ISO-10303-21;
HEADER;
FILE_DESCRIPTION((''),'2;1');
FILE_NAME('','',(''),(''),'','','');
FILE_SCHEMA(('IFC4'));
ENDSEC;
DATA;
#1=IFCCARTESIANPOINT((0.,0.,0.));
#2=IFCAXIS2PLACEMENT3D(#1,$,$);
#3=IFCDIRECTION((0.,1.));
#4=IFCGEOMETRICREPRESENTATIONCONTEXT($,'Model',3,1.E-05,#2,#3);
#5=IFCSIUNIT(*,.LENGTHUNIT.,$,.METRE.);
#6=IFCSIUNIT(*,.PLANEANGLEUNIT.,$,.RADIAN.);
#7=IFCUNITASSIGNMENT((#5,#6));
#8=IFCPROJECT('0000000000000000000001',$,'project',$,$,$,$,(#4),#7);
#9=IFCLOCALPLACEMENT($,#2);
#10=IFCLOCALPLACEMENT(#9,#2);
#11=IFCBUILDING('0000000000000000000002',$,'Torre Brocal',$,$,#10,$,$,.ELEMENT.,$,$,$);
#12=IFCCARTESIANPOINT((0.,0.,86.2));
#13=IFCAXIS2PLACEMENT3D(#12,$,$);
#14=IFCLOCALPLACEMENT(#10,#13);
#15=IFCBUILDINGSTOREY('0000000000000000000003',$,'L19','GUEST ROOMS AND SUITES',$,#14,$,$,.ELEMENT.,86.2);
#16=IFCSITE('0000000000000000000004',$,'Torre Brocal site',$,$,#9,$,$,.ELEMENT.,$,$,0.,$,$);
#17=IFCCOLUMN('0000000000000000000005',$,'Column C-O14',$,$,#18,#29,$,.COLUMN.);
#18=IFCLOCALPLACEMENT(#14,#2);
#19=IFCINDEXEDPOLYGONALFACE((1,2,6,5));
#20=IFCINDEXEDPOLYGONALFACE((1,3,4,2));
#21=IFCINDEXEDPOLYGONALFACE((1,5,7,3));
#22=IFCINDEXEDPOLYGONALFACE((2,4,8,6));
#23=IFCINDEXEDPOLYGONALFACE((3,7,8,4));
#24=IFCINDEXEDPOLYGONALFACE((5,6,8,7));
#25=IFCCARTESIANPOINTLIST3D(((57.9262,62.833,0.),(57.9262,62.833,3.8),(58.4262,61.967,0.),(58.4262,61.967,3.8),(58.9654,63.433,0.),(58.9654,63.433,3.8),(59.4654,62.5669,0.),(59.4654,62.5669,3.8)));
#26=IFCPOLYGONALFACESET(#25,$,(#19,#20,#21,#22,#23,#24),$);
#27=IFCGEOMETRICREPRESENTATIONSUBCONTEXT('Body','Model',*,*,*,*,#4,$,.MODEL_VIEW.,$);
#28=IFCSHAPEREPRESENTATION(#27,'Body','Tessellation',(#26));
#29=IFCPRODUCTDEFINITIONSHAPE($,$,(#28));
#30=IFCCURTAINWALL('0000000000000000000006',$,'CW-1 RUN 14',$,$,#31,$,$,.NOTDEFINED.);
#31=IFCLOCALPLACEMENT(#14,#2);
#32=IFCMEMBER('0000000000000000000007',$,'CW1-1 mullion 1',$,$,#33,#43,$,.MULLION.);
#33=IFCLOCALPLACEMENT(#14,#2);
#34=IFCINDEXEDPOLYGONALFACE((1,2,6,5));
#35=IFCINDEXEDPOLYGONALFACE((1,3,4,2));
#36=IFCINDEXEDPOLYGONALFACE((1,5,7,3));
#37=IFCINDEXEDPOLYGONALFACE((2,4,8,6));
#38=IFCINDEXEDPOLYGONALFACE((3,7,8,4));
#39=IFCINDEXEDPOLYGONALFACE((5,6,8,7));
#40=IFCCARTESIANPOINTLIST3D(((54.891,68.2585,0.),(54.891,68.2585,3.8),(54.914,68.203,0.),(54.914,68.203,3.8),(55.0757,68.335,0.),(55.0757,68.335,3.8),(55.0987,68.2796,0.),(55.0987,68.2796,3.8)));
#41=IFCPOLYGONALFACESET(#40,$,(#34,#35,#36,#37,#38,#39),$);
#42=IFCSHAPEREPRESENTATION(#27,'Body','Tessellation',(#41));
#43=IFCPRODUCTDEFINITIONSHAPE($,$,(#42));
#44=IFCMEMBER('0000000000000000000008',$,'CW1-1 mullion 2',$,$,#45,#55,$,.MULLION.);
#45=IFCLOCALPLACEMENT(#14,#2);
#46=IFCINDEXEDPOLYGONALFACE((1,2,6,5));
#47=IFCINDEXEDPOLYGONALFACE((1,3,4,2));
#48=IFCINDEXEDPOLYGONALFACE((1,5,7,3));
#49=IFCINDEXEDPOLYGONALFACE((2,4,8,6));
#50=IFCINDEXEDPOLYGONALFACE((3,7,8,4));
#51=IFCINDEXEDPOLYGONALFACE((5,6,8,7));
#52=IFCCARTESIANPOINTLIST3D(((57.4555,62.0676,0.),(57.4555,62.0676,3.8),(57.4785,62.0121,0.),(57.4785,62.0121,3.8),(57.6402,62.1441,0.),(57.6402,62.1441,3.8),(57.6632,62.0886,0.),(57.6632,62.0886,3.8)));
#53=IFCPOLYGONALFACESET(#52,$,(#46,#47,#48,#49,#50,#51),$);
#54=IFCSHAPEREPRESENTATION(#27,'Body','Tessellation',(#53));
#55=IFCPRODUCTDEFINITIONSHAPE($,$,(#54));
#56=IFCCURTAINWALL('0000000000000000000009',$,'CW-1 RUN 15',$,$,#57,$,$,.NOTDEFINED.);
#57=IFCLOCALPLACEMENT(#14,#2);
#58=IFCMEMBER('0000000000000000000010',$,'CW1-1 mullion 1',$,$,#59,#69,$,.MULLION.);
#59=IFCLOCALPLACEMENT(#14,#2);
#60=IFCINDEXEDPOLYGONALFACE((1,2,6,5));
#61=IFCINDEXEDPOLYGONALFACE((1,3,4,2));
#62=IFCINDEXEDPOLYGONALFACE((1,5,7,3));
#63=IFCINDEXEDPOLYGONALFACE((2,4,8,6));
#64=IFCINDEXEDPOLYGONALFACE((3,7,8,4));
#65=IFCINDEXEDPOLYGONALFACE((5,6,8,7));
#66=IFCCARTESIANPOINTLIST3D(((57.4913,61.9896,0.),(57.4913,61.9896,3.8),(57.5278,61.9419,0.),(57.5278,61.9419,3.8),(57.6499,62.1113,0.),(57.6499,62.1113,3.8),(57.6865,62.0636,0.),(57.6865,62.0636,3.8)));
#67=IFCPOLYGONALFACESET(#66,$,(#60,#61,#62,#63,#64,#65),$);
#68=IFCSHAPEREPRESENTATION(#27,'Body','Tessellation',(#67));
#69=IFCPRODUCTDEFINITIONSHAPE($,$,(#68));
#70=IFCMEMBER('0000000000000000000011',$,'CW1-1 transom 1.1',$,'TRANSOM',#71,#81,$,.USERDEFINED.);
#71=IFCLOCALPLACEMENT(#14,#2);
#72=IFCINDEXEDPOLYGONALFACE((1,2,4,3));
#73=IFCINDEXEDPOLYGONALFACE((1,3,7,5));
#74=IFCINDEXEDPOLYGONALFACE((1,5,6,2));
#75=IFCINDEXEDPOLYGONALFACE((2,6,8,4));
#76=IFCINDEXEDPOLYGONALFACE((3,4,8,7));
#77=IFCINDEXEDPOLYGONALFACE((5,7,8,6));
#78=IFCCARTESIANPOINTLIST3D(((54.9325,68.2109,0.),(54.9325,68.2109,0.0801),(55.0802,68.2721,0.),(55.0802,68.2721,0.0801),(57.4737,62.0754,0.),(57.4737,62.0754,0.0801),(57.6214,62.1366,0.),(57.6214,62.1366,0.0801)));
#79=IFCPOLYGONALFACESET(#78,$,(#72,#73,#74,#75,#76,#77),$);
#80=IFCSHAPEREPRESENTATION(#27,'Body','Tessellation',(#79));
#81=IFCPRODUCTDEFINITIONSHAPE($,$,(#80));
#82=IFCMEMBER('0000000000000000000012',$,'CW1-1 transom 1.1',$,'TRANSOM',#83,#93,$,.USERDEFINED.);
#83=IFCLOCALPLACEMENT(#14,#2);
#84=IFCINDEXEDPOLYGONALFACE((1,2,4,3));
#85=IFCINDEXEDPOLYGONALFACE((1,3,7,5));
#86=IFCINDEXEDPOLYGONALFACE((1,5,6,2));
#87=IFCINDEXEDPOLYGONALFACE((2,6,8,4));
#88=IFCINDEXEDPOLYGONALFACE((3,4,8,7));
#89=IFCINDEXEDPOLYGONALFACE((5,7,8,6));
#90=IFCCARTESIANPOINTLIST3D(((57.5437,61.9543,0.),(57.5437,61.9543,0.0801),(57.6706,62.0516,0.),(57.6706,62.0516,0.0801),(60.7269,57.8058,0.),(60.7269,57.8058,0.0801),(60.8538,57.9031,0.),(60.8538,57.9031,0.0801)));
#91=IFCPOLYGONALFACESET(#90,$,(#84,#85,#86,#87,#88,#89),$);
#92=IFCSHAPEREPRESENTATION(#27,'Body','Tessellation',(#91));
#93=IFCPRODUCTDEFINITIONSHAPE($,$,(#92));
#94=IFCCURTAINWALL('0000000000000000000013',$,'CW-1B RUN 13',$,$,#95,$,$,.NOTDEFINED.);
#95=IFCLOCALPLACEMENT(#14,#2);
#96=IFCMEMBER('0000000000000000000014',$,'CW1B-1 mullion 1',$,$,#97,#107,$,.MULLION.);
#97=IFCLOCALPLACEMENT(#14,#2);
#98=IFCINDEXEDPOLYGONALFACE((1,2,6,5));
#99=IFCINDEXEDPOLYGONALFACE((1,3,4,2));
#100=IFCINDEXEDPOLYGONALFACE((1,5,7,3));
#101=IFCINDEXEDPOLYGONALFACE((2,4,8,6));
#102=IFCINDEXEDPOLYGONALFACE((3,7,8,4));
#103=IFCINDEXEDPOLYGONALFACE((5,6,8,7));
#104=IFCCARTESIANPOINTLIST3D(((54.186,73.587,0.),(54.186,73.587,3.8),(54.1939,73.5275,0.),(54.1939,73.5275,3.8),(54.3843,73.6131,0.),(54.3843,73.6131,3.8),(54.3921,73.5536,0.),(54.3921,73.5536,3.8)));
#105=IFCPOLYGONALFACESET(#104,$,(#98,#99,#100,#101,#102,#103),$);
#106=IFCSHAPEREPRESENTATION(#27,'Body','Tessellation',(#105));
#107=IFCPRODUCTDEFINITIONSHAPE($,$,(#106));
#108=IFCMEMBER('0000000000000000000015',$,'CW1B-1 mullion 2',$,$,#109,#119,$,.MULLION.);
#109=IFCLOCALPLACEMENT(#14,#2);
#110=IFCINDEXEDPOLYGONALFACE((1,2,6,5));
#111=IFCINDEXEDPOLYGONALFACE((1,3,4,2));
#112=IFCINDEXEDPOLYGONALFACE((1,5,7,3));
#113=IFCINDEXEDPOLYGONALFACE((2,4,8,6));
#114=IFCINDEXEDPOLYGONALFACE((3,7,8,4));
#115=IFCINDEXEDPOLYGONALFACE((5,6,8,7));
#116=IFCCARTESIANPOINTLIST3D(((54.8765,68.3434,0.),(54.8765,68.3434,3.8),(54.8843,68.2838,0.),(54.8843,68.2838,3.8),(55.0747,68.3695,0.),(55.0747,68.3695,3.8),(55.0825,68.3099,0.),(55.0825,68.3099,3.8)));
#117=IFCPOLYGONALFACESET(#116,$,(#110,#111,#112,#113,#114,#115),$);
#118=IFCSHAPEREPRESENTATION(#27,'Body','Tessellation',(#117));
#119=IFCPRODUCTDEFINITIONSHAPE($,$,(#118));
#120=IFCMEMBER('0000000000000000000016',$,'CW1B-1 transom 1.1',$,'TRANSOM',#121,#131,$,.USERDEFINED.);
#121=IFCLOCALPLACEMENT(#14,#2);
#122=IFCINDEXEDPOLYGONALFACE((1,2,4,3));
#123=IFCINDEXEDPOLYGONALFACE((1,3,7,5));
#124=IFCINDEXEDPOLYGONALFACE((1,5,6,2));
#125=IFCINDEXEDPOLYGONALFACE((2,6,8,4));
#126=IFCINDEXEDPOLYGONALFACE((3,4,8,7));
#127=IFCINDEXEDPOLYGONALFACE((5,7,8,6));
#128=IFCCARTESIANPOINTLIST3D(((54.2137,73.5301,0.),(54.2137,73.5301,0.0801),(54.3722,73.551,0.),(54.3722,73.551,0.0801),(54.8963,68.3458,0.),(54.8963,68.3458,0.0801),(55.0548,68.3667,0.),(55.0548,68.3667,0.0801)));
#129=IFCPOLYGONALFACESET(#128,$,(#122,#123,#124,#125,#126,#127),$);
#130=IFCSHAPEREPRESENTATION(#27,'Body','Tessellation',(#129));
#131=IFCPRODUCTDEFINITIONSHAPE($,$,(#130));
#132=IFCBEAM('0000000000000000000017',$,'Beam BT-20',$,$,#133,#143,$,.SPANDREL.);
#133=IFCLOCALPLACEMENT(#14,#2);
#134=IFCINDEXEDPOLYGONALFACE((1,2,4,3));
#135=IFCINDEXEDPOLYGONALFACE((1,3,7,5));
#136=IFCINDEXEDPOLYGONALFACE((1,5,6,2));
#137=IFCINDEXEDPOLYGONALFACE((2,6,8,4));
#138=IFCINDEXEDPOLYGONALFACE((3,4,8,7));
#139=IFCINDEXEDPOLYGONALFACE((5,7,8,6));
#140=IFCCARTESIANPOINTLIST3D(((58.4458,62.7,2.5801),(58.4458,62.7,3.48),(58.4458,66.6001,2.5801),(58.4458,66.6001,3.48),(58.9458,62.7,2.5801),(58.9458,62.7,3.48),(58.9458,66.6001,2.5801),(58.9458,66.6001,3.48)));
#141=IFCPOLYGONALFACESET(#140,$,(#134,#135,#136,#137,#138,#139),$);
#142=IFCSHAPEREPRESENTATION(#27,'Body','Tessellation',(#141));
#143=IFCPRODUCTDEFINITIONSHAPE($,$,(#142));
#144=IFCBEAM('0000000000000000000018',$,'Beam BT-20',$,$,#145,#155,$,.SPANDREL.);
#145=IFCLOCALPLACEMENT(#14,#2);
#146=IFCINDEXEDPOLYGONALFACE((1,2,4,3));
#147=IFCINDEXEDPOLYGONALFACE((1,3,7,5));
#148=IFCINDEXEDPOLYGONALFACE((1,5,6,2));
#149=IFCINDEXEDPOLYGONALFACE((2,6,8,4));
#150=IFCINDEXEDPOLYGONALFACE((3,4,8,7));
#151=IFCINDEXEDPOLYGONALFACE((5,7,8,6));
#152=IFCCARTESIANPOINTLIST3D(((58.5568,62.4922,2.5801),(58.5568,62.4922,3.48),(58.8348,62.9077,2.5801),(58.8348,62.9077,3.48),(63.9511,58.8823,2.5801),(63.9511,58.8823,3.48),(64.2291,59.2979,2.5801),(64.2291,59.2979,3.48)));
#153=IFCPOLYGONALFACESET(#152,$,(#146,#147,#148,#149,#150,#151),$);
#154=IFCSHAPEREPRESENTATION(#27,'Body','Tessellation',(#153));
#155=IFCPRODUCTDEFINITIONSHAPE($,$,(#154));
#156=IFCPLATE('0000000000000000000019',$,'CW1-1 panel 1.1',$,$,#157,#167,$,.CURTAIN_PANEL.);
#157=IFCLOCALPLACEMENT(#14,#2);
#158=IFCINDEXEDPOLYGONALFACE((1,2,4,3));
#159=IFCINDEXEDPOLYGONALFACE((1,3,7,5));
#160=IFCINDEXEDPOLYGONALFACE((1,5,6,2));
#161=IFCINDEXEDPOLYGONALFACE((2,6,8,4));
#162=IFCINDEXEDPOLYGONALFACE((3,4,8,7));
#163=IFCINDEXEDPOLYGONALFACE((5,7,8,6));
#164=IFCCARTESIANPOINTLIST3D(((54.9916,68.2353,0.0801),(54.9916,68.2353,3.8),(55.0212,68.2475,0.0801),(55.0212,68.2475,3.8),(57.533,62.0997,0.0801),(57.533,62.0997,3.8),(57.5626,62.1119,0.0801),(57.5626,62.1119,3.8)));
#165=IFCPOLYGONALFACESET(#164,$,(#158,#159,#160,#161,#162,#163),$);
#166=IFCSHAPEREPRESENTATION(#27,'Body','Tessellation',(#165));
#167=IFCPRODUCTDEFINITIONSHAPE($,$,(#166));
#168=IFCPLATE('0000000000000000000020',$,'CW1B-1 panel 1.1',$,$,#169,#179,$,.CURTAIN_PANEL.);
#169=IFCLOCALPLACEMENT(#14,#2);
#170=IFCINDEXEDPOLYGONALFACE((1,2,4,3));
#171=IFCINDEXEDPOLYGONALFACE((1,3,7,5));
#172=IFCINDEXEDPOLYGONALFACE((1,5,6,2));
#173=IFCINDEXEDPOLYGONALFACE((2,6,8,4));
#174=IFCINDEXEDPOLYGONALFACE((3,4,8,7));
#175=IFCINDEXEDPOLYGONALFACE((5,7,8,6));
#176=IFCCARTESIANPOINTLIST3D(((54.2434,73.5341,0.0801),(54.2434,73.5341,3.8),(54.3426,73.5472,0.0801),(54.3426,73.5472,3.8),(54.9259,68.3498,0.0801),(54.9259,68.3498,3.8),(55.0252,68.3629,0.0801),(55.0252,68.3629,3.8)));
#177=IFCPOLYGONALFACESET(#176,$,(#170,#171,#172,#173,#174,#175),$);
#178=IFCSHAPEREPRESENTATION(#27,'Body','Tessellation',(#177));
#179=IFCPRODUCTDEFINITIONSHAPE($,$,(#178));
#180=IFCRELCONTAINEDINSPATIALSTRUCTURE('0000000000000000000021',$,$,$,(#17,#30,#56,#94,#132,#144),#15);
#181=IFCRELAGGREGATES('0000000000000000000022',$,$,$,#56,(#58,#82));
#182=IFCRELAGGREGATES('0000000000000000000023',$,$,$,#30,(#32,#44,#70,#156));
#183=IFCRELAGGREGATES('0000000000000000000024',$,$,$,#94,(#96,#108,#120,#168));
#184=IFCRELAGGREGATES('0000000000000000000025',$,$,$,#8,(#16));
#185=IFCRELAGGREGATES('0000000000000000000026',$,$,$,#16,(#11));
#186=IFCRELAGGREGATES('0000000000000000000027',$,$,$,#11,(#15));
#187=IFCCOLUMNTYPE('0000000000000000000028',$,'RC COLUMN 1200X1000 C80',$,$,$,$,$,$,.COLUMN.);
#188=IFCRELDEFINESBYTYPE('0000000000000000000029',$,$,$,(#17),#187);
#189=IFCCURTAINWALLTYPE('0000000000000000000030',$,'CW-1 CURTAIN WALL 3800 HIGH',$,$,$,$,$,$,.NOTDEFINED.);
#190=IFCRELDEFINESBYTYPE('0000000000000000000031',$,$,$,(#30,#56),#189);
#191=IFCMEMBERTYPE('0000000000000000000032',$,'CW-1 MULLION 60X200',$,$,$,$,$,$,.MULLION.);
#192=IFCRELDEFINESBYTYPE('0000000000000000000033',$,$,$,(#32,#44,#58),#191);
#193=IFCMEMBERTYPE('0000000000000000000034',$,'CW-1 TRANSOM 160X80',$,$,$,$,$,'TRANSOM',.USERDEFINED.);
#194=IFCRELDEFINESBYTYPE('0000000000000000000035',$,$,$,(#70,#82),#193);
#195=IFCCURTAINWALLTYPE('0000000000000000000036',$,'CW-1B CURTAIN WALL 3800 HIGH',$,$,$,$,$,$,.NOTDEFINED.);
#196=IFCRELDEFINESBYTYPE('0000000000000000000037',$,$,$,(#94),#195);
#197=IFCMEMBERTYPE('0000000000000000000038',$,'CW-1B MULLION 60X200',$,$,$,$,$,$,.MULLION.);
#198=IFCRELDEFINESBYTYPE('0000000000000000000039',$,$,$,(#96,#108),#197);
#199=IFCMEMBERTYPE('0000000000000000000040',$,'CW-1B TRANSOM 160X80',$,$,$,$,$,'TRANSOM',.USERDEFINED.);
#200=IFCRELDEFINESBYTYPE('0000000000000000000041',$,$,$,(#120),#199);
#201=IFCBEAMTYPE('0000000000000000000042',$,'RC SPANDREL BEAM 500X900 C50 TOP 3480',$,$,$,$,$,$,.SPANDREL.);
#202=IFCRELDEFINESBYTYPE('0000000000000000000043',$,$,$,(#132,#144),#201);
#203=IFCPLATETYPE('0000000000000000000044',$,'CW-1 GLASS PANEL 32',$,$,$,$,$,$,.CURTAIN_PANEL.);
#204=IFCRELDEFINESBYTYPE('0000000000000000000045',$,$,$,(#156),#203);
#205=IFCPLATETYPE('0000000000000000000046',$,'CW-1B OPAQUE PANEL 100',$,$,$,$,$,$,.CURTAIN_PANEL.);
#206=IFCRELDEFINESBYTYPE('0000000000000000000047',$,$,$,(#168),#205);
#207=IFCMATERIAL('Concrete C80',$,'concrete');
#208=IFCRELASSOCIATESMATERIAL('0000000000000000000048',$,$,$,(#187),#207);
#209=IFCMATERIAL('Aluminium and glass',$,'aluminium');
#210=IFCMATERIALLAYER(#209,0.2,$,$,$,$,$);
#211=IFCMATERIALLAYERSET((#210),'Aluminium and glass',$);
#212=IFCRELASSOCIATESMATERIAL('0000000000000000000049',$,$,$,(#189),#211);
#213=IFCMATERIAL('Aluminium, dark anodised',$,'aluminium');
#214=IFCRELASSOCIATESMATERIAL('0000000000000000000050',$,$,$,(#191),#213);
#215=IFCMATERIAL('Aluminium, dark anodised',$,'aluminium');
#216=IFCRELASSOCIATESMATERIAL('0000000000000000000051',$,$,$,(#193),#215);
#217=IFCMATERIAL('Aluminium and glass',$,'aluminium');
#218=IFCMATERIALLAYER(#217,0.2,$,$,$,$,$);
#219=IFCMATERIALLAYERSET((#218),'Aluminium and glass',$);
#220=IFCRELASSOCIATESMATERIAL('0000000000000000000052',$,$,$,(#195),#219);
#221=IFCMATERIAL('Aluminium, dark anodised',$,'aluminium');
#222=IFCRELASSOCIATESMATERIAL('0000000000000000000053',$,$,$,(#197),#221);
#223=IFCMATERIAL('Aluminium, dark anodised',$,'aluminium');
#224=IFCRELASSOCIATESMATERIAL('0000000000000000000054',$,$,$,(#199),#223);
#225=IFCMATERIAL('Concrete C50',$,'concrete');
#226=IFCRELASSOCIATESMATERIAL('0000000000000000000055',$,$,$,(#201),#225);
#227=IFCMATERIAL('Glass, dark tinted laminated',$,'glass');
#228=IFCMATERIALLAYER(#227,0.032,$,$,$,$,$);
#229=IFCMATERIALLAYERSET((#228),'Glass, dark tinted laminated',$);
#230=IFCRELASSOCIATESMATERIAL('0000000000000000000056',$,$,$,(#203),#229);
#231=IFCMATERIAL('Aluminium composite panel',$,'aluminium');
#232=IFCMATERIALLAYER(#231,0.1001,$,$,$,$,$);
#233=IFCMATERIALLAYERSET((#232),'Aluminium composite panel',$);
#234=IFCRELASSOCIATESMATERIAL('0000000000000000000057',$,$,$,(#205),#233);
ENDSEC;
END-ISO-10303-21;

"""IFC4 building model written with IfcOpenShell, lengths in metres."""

from ifc_helpers import new_model, si_unit, direction, frame, origin, origin_2d, place, context, subcontext, project, spatial, rectangle, extrude, material, layer, layer_set, material_profile, profile_set, type_object, element, aggregate, save


model = new_model("IFC4")

# Units and contexts
model_context = context("Model", 3, precision=1e-05, world=origin(), true_north=direction((0.0, 1.0)))
body_context = subcontext(model_context, "Body", "Model", "MODEL_VIEW")
ifc_project = project(units=[si_unit("LENGTHUNIT", "METRE"), si_unit("PLANEANGLEUNIT", "RADIAN")], contexts=[model_context])

# Site, building, storey
site_placement = place(None, origin())
site = spatial("IfcSite", under=ifc_project, at=site_placement, Name="Torre Brocal site", CompositionType="ELEMENT", RefElevation=0.0)
building_placement = place(site_placement, origin())
building = spatial("IfcBuilding", under=site, at=building_placement, Name="Torre Brocal", CompositionType="ELEMENT")
storey_placement = place(building_placement, frame((0.0, 0.0, 86.2)))
storey = spatial("IfcBuildingStorey", under=building, at=storey_placement, Name="L19", Description="GUEST ROOMS AND SUITES", CompositionType="ELEMENT", Elevation=86.2)

# Column
ifc_material_1 = material(Name="Concrete C80", Category="concrete")
ifc_material_profile_1 = material_profile(ifc_material_1, rectangle(XDim=1.2, YDim=1.0, at=origin_2d()), Name="RC 1200X1000")
ifc_profile_set_1 = profile_set([ifc_material_profile_1], Name="Concrete C80")
column_type = type_object("IfcColumnType", Name="RC COLUMN 1200X1000 C80", PredefinedType="COLUMN", material=ifc_profile_set_1)
column_placement = place(storey_placement, frame((58.6958, 62.7, 0.0), z_axis=(0.0, 0.0, 1.0), x_axis=(-0.866025, -0.5, 0.0)))
element("IfcColumn", 1, at=column_placement, inside=storey, type_object=column_type, Name="Column C-O14", PredefinedType="COLUMN", context=body_context, shape_type="SweptSolid", body=[
    extrude(rectangle(XDim=1.2, YDim=1.0, at=origin_2d()), origin(), (0.0, 0.0, 1.0), 3.8),
])

# Curtain wall, members
ifc_material_2 = material(Name="Aluminium and glass", Category="aluminium")
ifc_layer_1 = layer(ifc_material_2, 0.2)
ifc_layer_set_1 = layer_set([ifc_layer_1], Name="Aluminium and glass")
curtain_wall_type_1 = type_object("IfcCurtainWallType", Name="CW-1 CURTAIN WALL 3800 HIGH", PredefinedType="NOTDEFINED", material=ifc_layer_set_1)
curtain_wall_1_placement = place(storey_placement, origin())
curtain_wall_1 = element("IfcCurtainWall", 2, at=curtain_wall_1_placement, inside=storey, type_object=curtain_wall_type_1, Name="CW-1 RUN 14", PredefinedType="NOTDEFINED")
ifc_material_3 = material(Name="Aluminium, dark anodised", Category="aluminium")
ifc_material_profile_2 = material_profile(ifc_material_3, rectangle(XDim=0.2, YDim=0.0601, at=origin_2d()), Name="CW-1 MULLION 60X200")
ifc_profile_set_2 = profile_set([ifc_material_profile_2], Name="Aluminium, dark anodised")
member_type_1 = type_object("IfcMemberType", Name="CW-1 MULLION 60X200", PredefinedType="MULLION", material=ifc_profile_set_2)
member_1_placement = place(storey_placement, frame((54.9949, 68.269, 0.0), z_axis=(0.0, 0.0, 1.0), x_axis=(0.92388, 0.382683, 0.0)))
member_1 = element("IfcMember", 3, at=member_1_placement, type_object=member_type_1, Name="CW1-1 mullion 1", PredefinedType="MULLION", context=body_context, shape_type="SweptSolid", body=[
    extrude(rectangle(XDim=0.2, YDim=0.0601, at=origin_2d()), origin(), (0.0, 0.0, 1.0), 3.8),
])
member_2_placement = place(storey_placement, frame((57.5593, 62.0781, 0.0), z_axis=(0.0, 0.0, 1.0), x_axis=(0.92388, 0.382683, 0.0)))
member_2 = element("IfcMember", 4, at=member_2_placement, type_object=member_type_1, Name="CW1-1 mullion 2", PredefinedType="MULLION", context=body_context, shape_type="SweptSolid", body=[
    extrude(rectangle(XDim=0.2, YDim=0.0601, at=origin_2d()), origin(), (0.0, 0.0, 1.0), 3.8),
])

# Curtain wall, member
curtain_wall_2_placement = place(storey_placement, origin())
curtain_wall_2 = element("IfcCurtainWall", 5, at=curtain_wall_2_placement, inside=storey, type_object=curtain_wall_type_1, Name="CW-1 RUN 15", PredefinedType="NOTDEFINED")
member_3_placement = place(storey_placement, frame((57.5889, 62.0266, 0.0), z_axis=(0.0, 0.0, 1.0), x_axis=(0.793353, 0.608761, 0.0)))
member_3 = element("IfcMember", 6, at=member_3_placement, type_object=member_type_1, Name="CW1-1 mullion 1", PredefinedType="MULLION", context=body_context, shape_type="SweptSolid", body=[
    extrude(rectangle(XDim=0.2, YDim=0.0601, at=origin_2d()), origin(), (0.0, 0.0, 1.0), 3.8),
])

# Members
ifc_material_4 = material(Name="Aluminium, dark anodised", Category="aluminium")
ifc_material_profile_3 = material_profile(ifc_material_4, rectangle(XDim=0.1599, YDim=0.0801, at=origin_2d()), Name="CW-1 TRANSOM 160X80")
ifc_profile_set_3 = profile_set([ifc_material_profile_3], Name="Aluminium, dark anodised")
member_type_2 = type_object("IfcMemberType", Name="CW-1 TRANSOM 160X80", ElementType="TRANSOM", PredefinedType="USERDEFINED", material=ifc_profile_set_3)
member_4_placement = place(storey_placement, frame((55.0063, 68.2415, 0.04), z_axis=(0.382665, -0.923887, 0.0), x_axis=(0.923887, 0.382665, 0.0)))
member_4 = element("IfcMember", 7, at=member_4_placement, type_object=member_type_2, Name="CW1-1 transom 1.1", ObjectType="TRANSOM", PredefinedType="USERDEFINED", context=body_context, shape_type="SweptSolid", body=[
    extrude(rectangle(XDim=0.1599, YDim=0.0801, at=origin_2d()), origin(), (0.0, 0.0, 1.0), 6.6409),
])
member_5_placement = place(storey_placement, frame((57.6072, 62.0029, 0.04), z_axis=(0.608749, -0.793363, 0.0), x_axis=(0.793363, 0.608749, 0.0)))
member_5 = element("IfcMember", 8, at=member_5_placement, type_object=member_type_2, Name="CW1-1 transom 1.1", ObjectType="TRANSOM", PredefinedType="USERDEFINED", context=body_context, shape_type="SweptSolid", body=[
    extrude(rectangle(XDim=0.1599, YDim=0.0801, at=origin_2d()), origin(), (0.0, 0.0, 1.0), 5.229),
])
aggregate(curtain_wall_2, [member_3, member_5])

# Curtain wall, members
ifc_material_5 = material(Name="Aluminium and glass", Category="aluminium")
ifc_layer_2 = layer(ifc_material_5, 0.2)
ifc_layer_set_2 = layer_set([ifc_layer_2], Name="Aluminium and glass")
curtain_wall_type_2 = type_object("IfcCurtainWallType", Name="CW-1B CURTAIN WALL 3800 HIGH", PredefinedType="NOTDEFINED", material=ifc_layer_set_2)
curtain_wall_3_placement = place(storey_placement, origin())
curtain_wall_3 = element("IfcCurtainWall", 9, at=curtain_wall_3_placement, inside=storey, type_object=curtain_wall_type_2, Name="CW-1B RUN 13", PredefinedType="NOTDEFINED")
ifc_material_6 = material(Name="Aluminium, dark anodised", Category="aluminium")
ifc_material_profile_4 = material_profile(ifc_material_6, rectangle(XDim=0.2, YDim=0.0601, at=origin_2d()), Name="CW-1B MULLION 60X200")
ifc_profile_set_4 = profile_set([ifc_material_profile_4], Name="Aluminium, dark anodised")
member_type_3 = type_object("IfcMemberType", Name="CW-1B MULLION 60X200", PredefinedType="MULLION", material=ifc_profile_set_4)
member_6_placement = place(storey_placement, frame((54.2891, 73.5703, 0.0), z_axis=(0.0, 0.0, 1.0), x_axis=(0.991445, 0.130526, 0.0)))
member_6 = element("IfcMember", 10, at=member_6_placement, type_object=member_type_3, Name="CW1B-1 mullion 1", PredefinedType="MULLION", context=body_context, shape_type="SweptSolid", body=[
    extrude(rectangle(XDim=0.2, YDim=0.0601, at=origin_2d()), origin(), (0.0, 0.0, 1.0), 3.8),
])
member_7_placement = place(storey_placement, frame((54.9795, 68.3267, 0.0), z_axis=(0.0, 0.0, 1.0), x_axis=(0.991445, 0.130526, 0.0)))
member_7 = element("IfcMember", 11, at=member_7_placement, type_object=member_type_3, Name="CW1B-1 mullion 2", PredefinedType="MULLION", context=body_context, shape_type="SweptSolid", body=[
    extrude(rectangle(XDim=0.2, YDim=0.0601, at=origin_2d()), origin(), (0.0, 0.0, 1.0), 3.8),
])
ifc_material_7 = material(Name="Aluminium, dark anodised", Category="aluminium")
ifc_material_profile_5 = material_profile(ifc_material_7, rectangle(XDim=0.1599, YDim=0.0801, at=origin_2d()), Name="CW-1B TRANSOM 160X80")
ifc_profile_set_5 = profile_set([ifc_material_profile_5], Name="Aluminium, dark anodised")
member_type_4 = type_object("IfcMemberType", Name="CW-1B TRANSOM 160X80", ElementType="TRANSOM", PredefinedType="USERDEFINED", material=ifc_profile_set_5)
member_8_placement = place(storey_placement, frame((54.293, 73.5405, 0.04), z_axis=(0.130543, -0.991443, 0.0), x_axis=(0.991443, 0.130543, 0.0)))
member_8 = element("IfcMember", 12, at=member_8_placement, type_object=member_type_4, Name="CW1B-1 transom 1.1", ObjectType="TRANSOM", PredefinedType="USERDEFINED", context=body_context, shape_type="SweptSolid", body=[
    extrude(rectangle(XDim=0.1599, YDim=0.0801, at=origin_2d()), origin(), (0.0, 0.0, 1.0), 5.229),
])

# Beams
ifc_material_8 = material(Name="Concrete C50", Category="concrete")
ifc_material_profile_6 = material_profile(ifc_material_8, rectangle(XDim=0.5, YDim=0.8999, at=origin_2d()), Name="RC 500X900")
ifc_profile_set_6 = profile_set([ifc_material_profile_6], Name="Concrete C50")
beam_type = type_object("IfcBeamType", Name="RC SPANDREL BEAM 500X900 C50 TOP 3480", PredefinedType="SPANDREL", material=ifc_profile_set_6)
beam_1_placement = place(storey_placement, frame((58.6958, 62.7, 3.03), z_axis=(0.0, 1.0, 0.0), x_axis=(-1.0, 0.0, 0.0)))
element("IfcBeam", 13, at=beam_1_placement, inside=storey, type_object=beam_type, Name="Beam BT-20", PredefinedType="SPANDREL", context=body_context, shape_type="SweptSolid", body=[
    extrude(rectangle(XDim=0.5, YDim=0.8999, at=origin_2d()), origin(), (0.0, 0.0, 1.0), 3.9001),
])
beam_2_placement = place(storey_placement, frame((58.6958, 62.7, 3.03), z_axis=(0.831077, -0.556158, 0.0), x_axis=(0.556158, 0.831077, 0.0)))
element("IfcBeam", 14, at=beam_2_placement, inside=storey, type_object=beam_type, Name="Beam BT-20", PredefinedType="SPANDREL", context=body_context, shape_type="SweptSolid", body=[
    extrude(rectangle(XDim=0.5, YDim=0.8999, at=origin_2d()), origin(), (0.0, 0.0, 1.0), 6.4907),
])

# Plates
ifc_material_9 = material(Name="Glass, dark tinted laminated", Category="glass")
ifc_layer_3 = layer(ifc_material_9, 0.032)
ifc_layer_set_3 = layer_set([ifc_layer_3], Name="Glass, dark tinted laminated")
plate_type_1 = type_object("IfcPlateType", Name="CW-1 GLASS PANEL 32", PredefinedType="CURTAIN_PANEL", material=ifc_layer_set_3)
plate_1_placement = place(storey_placement, frame((56.2771, 65.1736, 0.0801), z_axis=(0.0, 0.0, 1.0), x_axis=(0.382683, -0.92388, 0.0)))
plate_1 = element("IfcPlate", 15, at=plate_1_placement, type_object=plate_type_1, Name="CW1-1 panel 1.1", PredefinedType="CURTAIN_PANEL", context=body_context, shape_type="SweptSolid", body=[
    extrude(rectangle(XDim=6.6411, YDim=0.032, at=origin_2d()), origin(), (0.0, 0.0, 1.0), 3.72),
])
aggregate(curtain_wall_1, [member_1, member_2, member_4, plate_1])
ifc_material_10 = material(Name="Aluminium composite panel", Category="aluminium")
ifc_layer_4 = layer(ifc_material_10, 0.1001)
ifc_layer_set_4 = layer_set([ifc_layer_4], Name="Aluminium composite panel")
plate_type_2 = type_object("IfcPlateType", Name="CW-1B OPAQUE PANEL 100", PredefinedType="CURTAIN_PANEL", material=ifc_layer_set_4)
plate_2_placement = place(storey_placement, frame((54.6343, 70.9485, 0.0801), z_axis=(0.0, 0.0, 1.0), x_axis=(0.130526, -0.991445, 0.0)))
plate_2 = element("IfcPlate", 16, at=plate_2_placement, type_object=plate_type_2, Name="CW1B-1 panel 1.1", PredefinedType="CURTAIN_PANEL", context=body_context, shape_type="SweptSolid", body=[
    extrude(rectangle(XDim=5.229, YDim=0.1001, at=origin_2d()), origin(), (0.0, 0.0, 1.0), 3.72),
])
aggregate(curtain_wall_3, [member_6, member_7, member_8, plate_2])

save(model, "model.ifc")
